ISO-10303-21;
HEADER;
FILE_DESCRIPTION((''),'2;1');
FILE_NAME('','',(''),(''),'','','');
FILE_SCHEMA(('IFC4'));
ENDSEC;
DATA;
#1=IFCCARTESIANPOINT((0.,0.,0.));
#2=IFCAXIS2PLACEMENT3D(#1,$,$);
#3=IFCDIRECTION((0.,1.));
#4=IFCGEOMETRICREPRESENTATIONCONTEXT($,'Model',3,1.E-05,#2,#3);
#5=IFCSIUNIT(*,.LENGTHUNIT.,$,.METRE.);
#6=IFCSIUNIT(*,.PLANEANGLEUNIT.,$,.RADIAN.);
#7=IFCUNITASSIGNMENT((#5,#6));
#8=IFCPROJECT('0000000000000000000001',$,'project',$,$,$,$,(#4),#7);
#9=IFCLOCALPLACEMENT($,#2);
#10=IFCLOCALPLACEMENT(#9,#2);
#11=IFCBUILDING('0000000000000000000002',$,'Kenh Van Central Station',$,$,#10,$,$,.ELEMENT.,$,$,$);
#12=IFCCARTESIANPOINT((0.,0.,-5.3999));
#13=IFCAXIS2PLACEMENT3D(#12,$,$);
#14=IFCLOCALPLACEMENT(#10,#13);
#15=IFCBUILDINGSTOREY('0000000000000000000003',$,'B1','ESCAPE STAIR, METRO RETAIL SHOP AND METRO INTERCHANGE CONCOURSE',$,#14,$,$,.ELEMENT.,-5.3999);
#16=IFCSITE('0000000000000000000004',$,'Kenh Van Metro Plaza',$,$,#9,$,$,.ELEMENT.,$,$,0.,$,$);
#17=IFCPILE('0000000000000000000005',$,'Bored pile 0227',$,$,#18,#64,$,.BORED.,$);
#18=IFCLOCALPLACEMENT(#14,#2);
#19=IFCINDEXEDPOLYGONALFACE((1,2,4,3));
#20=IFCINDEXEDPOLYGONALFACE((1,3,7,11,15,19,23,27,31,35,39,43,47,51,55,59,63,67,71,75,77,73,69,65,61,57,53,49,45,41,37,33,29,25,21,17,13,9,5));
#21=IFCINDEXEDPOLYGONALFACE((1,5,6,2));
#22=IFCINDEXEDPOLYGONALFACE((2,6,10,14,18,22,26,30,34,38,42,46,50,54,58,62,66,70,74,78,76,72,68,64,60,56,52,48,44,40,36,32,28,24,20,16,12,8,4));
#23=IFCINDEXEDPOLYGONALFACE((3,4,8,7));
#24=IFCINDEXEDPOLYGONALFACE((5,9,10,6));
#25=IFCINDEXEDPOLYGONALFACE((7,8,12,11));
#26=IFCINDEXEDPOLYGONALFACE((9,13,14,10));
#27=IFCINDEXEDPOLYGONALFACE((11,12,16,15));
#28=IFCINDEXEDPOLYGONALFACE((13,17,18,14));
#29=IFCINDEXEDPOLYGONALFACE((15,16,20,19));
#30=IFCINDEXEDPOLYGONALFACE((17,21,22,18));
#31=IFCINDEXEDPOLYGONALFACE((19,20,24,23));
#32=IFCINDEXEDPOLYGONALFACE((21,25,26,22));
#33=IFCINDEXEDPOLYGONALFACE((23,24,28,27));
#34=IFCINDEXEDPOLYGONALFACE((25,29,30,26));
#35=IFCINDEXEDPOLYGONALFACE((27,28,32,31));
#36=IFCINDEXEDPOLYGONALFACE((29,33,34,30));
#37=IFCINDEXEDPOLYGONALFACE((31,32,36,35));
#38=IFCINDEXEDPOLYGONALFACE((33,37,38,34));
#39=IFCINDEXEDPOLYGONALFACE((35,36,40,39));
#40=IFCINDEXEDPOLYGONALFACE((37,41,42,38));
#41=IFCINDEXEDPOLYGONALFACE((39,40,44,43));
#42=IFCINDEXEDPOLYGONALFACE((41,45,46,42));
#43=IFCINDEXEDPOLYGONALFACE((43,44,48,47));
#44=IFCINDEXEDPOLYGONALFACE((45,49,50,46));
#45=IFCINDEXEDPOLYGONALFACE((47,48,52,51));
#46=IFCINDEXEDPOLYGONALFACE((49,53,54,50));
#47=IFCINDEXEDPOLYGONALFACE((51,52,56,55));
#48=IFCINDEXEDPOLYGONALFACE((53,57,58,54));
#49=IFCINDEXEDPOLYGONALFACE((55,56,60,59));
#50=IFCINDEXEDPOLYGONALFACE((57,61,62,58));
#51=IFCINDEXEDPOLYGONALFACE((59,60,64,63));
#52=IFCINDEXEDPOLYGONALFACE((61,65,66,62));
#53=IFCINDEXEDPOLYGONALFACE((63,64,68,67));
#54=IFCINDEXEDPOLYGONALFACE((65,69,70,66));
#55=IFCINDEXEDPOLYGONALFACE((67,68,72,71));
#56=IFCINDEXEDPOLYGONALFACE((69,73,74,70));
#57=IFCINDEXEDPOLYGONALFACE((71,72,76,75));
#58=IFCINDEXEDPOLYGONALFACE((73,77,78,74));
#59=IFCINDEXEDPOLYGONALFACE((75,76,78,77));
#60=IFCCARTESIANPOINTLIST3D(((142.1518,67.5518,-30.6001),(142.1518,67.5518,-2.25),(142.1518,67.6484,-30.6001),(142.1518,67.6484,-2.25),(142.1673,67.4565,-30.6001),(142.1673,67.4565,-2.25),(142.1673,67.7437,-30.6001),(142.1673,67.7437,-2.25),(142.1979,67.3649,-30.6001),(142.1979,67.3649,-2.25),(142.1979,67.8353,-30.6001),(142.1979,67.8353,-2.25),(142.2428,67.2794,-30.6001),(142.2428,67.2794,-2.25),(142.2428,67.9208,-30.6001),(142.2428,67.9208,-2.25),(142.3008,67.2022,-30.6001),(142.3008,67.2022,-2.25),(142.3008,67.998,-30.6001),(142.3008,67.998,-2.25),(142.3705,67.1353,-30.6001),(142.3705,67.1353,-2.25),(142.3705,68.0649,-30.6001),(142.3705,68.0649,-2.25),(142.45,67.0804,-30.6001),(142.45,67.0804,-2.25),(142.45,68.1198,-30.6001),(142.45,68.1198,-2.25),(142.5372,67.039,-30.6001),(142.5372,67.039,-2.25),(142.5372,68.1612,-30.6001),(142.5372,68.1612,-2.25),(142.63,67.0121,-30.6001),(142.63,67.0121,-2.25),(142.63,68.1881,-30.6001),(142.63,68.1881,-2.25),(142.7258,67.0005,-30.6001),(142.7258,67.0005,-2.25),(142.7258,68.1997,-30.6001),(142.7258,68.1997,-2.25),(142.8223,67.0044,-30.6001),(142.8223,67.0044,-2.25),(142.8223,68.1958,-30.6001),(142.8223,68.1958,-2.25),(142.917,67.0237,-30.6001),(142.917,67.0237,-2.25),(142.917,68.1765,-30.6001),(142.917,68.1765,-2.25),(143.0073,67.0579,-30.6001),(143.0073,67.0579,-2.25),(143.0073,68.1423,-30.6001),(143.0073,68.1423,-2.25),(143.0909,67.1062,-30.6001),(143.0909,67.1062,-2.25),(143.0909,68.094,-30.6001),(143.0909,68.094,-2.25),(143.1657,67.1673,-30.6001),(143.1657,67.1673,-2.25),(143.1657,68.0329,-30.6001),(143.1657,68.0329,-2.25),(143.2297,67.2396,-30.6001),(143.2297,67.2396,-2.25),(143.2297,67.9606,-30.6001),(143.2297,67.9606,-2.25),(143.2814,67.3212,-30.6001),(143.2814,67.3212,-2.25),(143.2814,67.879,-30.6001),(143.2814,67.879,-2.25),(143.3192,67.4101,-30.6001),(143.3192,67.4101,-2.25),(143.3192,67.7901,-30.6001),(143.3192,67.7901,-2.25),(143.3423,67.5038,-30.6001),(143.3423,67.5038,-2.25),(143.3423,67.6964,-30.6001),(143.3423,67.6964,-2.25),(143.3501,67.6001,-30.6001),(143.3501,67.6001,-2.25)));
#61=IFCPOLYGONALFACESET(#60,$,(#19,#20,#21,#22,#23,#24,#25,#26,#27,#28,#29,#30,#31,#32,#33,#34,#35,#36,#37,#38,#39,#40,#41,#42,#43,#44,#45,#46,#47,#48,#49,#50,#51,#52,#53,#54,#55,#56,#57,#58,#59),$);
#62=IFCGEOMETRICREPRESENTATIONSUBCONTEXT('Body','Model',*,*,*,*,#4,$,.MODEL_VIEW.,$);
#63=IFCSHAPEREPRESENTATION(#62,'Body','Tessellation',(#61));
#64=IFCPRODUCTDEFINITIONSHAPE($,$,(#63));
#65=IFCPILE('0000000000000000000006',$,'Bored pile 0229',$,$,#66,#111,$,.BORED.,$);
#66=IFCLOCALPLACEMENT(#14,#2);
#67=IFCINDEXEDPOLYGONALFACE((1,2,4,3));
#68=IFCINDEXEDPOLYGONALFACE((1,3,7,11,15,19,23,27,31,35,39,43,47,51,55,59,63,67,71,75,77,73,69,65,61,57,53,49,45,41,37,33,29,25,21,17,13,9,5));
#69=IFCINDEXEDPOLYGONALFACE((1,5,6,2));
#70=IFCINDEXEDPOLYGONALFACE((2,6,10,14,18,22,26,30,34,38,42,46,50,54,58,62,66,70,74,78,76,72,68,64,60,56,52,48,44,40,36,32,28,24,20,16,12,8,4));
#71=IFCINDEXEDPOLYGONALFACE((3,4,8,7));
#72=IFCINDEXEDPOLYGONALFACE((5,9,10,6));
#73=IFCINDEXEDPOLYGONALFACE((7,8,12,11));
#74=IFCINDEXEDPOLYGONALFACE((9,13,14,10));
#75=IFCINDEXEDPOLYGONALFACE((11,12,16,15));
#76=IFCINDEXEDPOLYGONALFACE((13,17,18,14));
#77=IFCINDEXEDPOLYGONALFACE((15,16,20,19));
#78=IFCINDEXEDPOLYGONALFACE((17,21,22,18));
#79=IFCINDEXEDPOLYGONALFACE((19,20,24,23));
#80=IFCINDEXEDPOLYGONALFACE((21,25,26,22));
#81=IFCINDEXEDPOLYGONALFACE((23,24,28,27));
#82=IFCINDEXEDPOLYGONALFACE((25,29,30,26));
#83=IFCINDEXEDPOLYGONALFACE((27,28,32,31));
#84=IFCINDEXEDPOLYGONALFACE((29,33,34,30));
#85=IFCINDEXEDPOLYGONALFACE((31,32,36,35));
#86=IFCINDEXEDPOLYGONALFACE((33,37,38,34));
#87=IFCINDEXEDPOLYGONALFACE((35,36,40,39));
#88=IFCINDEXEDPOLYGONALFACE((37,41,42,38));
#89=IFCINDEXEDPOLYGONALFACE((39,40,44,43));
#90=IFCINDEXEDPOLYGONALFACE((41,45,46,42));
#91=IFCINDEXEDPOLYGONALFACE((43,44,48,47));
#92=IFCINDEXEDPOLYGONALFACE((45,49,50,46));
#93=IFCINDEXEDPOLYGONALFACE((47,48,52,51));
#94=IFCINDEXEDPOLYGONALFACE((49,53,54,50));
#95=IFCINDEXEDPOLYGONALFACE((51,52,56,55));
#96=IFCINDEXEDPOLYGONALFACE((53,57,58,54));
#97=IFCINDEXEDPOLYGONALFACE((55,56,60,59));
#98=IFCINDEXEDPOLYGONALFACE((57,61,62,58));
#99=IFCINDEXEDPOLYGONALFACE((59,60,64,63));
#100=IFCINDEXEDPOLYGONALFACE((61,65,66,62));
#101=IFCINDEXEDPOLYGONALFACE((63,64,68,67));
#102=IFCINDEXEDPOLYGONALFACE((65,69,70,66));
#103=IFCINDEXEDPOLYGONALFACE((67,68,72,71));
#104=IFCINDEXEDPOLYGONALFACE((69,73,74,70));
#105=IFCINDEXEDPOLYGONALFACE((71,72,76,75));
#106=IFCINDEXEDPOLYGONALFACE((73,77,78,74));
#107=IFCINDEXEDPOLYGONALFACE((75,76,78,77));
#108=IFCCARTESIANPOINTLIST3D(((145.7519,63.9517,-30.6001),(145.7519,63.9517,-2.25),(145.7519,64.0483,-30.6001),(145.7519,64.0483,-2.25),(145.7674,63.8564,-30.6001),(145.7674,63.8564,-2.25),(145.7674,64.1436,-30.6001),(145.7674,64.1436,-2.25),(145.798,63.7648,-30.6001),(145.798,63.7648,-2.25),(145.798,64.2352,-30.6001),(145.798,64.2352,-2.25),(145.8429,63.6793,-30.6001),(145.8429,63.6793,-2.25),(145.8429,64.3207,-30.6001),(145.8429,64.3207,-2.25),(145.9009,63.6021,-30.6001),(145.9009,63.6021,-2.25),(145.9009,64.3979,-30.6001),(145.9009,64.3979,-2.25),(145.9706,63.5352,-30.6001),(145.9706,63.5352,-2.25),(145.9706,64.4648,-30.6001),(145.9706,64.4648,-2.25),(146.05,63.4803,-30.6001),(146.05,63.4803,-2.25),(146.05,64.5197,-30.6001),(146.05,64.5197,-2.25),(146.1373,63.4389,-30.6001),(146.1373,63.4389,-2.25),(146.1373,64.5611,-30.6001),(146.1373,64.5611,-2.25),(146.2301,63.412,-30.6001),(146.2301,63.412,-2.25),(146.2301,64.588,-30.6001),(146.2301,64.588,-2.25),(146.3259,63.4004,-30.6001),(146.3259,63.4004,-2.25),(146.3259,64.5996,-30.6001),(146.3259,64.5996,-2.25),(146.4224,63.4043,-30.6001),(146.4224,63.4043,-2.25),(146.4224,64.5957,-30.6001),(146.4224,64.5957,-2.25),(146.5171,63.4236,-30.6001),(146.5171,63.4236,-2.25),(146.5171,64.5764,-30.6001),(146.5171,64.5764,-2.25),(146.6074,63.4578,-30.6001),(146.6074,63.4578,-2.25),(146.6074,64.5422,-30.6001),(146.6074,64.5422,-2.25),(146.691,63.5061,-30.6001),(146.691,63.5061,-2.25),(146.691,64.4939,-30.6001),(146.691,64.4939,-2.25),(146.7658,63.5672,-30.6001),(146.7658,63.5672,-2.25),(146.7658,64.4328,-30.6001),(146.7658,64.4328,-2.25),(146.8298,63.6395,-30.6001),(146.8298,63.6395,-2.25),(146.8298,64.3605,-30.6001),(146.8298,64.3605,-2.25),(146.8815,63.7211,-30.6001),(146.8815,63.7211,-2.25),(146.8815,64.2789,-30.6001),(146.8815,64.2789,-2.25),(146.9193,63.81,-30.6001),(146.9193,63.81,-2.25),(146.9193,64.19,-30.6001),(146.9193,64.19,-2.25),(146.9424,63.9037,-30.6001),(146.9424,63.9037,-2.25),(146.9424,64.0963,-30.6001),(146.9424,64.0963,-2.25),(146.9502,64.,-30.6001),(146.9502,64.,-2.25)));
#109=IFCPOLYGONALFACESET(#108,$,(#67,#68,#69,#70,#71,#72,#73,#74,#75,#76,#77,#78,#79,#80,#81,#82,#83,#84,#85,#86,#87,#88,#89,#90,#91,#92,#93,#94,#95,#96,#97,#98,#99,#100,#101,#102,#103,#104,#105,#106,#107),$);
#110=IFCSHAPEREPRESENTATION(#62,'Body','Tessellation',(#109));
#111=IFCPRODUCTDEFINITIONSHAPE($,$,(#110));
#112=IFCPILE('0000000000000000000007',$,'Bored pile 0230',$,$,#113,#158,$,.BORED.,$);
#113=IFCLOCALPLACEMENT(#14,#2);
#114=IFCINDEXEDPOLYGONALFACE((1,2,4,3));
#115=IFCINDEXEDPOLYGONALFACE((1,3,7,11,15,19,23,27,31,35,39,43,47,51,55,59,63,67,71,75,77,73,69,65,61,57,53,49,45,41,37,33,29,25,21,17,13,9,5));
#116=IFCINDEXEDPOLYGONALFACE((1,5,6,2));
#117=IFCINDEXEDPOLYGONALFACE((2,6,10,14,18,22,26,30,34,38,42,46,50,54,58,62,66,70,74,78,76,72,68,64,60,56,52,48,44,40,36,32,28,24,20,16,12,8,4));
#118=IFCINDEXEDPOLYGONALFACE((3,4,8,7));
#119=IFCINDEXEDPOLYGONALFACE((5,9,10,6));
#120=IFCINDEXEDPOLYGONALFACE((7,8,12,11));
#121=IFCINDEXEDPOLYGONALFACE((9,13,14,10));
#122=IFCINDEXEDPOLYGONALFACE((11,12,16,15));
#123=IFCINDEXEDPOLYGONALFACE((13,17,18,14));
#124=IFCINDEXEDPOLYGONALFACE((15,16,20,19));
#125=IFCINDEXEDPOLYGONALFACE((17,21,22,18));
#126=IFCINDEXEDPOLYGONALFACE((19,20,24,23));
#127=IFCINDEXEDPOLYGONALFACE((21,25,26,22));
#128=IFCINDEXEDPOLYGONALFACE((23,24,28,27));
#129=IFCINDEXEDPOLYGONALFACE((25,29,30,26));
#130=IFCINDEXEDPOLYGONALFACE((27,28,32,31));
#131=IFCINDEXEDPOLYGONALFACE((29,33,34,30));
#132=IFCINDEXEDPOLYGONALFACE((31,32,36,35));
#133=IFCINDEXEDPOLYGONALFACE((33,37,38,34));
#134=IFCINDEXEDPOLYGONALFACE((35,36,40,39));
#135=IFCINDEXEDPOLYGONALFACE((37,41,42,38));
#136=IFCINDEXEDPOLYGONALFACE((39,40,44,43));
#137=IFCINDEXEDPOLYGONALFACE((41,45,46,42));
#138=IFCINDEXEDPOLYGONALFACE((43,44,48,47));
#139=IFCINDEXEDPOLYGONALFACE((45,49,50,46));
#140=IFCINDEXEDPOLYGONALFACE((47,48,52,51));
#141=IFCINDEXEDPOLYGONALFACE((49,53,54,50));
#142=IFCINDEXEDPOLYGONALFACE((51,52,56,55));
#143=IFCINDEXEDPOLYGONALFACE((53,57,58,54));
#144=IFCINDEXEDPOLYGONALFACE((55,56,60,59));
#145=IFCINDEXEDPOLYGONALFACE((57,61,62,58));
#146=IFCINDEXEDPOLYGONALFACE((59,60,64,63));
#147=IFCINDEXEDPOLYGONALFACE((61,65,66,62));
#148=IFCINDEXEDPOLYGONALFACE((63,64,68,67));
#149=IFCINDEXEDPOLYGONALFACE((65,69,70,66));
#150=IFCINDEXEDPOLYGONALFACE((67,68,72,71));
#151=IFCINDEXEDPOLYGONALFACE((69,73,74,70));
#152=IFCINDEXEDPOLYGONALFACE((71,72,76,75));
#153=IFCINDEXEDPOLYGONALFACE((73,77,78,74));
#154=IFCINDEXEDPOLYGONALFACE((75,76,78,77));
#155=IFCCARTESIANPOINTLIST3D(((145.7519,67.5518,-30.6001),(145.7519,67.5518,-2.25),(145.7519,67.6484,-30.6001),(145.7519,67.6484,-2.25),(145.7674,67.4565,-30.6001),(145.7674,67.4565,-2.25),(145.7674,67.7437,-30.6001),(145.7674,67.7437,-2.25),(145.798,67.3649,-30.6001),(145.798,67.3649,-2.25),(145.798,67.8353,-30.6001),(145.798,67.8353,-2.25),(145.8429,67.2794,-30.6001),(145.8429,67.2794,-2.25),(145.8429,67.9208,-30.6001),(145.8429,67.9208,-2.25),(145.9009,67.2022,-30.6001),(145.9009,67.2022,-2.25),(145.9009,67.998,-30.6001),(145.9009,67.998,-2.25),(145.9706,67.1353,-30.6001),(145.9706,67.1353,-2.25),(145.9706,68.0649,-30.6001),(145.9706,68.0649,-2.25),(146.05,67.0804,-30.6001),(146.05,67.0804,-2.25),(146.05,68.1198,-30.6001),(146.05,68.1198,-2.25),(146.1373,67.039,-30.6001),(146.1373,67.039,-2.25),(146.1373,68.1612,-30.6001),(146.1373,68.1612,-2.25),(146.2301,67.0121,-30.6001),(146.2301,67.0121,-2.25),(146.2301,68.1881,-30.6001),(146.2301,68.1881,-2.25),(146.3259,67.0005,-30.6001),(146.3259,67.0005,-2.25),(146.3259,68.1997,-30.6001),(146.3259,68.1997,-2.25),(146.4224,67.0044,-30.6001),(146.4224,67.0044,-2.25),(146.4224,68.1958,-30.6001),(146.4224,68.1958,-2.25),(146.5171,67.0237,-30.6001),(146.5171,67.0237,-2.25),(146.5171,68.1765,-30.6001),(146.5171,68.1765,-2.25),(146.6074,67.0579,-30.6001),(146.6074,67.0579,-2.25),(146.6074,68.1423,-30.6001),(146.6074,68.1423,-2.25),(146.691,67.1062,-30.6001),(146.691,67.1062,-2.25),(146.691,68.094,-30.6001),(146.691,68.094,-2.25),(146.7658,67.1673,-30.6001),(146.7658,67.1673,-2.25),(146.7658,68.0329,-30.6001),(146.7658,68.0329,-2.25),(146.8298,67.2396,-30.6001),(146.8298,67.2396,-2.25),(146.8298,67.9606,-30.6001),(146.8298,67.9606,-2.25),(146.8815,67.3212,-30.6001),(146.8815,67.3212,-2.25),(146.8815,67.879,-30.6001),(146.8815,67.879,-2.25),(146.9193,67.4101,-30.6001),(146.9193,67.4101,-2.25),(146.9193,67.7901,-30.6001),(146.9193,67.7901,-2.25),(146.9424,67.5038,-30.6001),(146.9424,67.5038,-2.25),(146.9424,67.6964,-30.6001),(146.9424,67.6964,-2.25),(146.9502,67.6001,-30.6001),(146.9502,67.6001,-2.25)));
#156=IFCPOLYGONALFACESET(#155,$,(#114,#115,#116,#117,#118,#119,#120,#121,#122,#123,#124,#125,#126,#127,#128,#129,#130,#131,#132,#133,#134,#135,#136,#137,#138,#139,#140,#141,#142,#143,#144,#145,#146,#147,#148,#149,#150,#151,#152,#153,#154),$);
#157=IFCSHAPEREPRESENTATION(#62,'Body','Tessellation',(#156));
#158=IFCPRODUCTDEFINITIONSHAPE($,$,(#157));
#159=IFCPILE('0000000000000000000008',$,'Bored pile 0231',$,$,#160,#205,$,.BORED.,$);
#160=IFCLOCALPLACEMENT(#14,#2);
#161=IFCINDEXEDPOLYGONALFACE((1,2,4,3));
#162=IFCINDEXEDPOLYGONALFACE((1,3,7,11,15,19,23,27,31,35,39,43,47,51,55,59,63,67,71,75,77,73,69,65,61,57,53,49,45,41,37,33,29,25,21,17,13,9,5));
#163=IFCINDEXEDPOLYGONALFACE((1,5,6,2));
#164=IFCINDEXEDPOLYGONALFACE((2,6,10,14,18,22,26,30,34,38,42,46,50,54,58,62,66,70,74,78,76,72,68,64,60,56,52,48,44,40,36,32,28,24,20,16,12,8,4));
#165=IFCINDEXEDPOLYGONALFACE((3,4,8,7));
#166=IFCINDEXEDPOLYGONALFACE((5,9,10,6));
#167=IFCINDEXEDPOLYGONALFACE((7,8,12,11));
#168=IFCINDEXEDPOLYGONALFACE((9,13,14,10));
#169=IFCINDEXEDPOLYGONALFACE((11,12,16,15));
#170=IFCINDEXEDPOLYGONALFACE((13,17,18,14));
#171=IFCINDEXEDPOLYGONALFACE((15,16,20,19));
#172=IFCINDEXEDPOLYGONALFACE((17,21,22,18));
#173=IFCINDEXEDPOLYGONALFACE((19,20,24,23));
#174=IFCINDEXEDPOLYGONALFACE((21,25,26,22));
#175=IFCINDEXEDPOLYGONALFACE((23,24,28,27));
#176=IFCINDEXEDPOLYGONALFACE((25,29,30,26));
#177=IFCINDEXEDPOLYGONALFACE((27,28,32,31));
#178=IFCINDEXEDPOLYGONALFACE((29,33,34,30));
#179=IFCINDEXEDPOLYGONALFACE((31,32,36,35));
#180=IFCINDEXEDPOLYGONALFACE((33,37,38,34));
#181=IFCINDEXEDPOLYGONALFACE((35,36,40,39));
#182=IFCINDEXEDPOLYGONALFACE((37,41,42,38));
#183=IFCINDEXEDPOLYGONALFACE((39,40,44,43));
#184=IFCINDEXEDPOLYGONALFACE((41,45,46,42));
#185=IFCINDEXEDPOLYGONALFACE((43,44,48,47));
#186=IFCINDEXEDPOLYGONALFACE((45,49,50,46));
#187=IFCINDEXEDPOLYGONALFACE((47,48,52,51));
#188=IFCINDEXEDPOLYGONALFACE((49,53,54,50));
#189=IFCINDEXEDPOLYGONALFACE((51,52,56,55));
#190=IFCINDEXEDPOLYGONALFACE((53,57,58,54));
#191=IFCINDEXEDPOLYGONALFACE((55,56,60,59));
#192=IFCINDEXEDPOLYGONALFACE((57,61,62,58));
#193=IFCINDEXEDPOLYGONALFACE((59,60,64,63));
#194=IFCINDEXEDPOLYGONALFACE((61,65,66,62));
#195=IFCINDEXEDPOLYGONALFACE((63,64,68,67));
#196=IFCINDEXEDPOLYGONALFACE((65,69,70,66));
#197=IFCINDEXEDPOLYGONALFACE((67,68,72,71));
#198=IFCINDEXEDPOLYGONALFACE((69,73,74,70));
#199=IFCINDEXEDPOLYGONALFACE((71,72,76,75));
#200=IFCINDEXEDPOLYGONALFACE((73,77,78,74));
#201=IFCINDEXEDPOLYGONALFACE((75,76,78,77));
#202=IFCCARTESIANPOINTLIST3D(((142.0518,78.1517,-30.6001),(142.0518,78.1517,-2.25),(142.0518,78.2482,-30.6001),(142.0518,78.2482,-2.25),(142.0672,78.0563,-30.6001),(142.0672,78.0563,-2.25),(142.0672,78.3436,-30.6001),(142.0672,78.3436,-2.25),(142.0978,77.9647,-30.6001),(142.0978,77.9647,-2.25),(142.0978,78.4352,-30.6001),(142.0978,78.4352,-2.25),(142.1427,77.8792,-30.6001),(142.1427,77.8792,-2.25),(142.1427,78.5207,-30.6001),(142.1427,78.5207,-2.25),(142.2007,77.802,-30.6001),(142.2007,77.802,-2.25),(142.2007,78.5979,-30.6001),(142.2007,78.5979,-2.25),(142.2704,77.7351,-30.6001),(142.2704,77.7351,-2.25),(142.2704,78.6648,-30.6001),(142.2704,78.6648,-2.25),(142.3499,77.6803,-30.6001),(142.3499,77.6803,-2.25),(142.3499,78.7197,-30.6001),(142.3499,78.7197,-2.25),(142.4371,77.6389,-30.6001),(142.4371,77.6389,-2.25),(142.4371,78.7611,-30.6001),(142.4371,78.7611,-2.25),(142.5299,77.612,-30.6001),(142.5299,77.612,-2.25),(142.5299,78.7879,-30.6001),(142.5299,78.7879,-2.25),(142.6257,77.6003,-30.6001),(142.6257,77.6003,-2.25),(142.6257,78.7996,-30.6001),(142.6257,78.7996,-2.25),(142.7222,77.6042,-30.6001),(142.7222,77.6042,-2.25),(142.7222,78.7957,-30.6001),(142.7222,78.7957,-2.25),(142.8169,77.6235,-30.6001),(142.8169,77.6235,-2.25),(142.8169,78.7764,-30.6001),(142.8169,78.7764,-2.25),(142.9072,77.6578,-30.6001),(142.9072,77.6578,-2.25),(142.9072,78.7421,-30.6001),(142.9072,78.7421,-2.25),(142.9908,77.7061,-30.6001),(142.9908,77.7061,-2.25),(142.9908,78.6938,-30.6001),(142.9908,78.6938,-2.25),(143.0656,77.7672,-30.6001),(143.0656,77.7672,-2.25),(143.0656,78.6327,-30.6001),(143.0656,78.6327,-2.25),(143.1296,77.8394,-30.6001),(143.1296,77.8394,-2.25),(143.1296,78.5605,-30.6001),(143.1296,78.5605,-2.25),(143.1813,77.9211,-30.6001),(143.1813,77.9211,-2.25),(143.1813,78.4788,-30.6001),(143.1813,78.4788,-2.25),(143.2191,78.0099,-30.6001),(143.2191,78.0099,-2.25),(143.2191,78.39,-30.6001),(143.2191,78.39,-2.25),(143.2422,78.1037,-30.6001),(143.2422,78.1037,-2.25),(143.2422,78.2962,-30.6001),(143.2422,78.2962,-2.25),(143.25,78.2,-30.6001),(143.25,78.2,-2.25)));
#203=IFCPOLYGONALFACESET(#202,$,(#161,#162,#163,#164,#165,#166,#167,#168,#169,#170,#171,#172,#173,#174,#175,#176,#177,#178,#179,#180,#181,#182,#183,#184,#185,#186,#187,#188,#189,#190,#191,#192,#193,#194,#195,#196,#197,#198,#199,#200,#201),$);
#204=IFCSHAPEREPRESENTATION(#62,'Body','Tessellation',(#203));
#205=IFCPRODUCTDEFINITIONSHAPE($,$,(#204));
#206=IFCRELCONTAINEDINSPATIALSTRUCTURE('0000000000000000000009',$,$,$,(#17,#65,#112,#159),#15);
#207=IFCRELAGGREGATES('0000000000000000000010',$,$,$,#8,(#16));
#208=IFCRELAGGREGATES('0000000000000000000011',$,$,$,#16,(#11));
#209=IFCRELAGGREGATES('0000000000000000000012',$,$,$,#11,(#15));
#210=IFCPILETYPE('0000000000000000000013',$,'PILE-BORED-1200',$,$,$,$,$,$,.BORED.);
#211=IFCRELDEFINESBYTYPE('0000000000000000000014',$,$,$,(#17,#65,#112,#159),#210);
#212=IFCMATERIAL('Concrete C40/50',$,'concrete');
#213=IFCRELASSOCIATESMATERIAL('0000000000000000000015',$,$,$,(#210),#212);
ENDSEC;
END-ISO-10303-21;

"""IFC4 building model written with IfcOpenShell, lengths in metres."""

from ifc_helpers import new_model, si_unit, direction, frame, origin, origin_2d, place, context, subcontext, project, spatial, circle, extrude, material, material_profile, profile_set, type_object, element, save


model = new_model("IFC4")

# Units and contexts
model_context = context("Model", 3, precision=1e-05, world=origin(), true_north=direction((0.0, 1.0)))
body_context = subcontext(model_context, "Body", "Model", "MODEL_VIEW")
ifc_project = project(units=[si_unit("LENGTHUNIT", "METRE"), si_unit("PLANEANGLEUNIT", "RADIAN")], contexts=[model_context])

# Site, building, storey
site_placement = place(None, origin())
site = spatial("IfcSite", under=ifc_project, at=site_placement, Name="Kenh Van Metro Plaza", CompositionType="ELEMENT", RefElevation=0.0)
building_placement = place(site_placement, origin())
building = spatial("IfcBuilding", under=site, at=building_placement, Name="Kenh Van Central Station", CompositionType="ELEMENT")
storey_placement = place(building_placement, frame((0.0, 0.0, -5.3999)))
storey = spatial("IfcBuildingStorey", under=building, at=storey_placement, Name="B1", Description="ESCAPE STAIR, METRO RETAIL SHOP AND METRO INTERCHANGE CONCOURSE", CompositionType="ELEMENT", Elevation=-5.3999)

# Shared definitions
ifc_material_1 = material(Name="Concrete C40/50", Category="concrete")

# Piles
ifc_material_profile_1 = material_profile(ifc_material_1, circle(Radius=0.6001, at=origin_2d()), Name="PILE D1200")
ifc_profile_set_1 = profile_set([ifc_material_profile_1], Name="Concrete C40/50")
pile_type_1 = type_object("IfcPileType", Name="PILE-BORED-1200", PredefinedType="BORED", material=ifc_profile_set_1)
for number, where, z_axis, x_axis, name in (
    (1, (142.75, 67.6001, -2.25), (0.0, 0.0, -1.0), (1.0, 0.0, 0.0), "Bored pile 0227"),
    (2, (146.3501, 64.0, -2.25), (0.0, 0.0, -1.0), (1.0, 0.0, 0.0), "Bored pile 0229"),
    (3, (146.3501, 67.6001, -2.25), (0.0, 0.0, -1.0), (1.0, 0.0, 0.0), "Bored pile 0230"),
    (4, (142.6499, 78.2, -2.25), (0.0, 0.0, -1.0), (1.0, 0.0, 0.0), "Bored pile 0231"),
):
    element("IfcPile", number, at=place(storey_placement, frame(where, z_axis=z_axis, x_axis=x_axis)), inside=storey, type_object=pile_type_1, Name=name, PredefinedType="BORED", context=body_context, shape_type="SweptSolid", body=[
        extrude(circle(Radius=0.6001, at=origin_2d()), origin(), (0.0, 0.0, 1.0), 28.3501),
    ])

save(model, "model.ifc")
